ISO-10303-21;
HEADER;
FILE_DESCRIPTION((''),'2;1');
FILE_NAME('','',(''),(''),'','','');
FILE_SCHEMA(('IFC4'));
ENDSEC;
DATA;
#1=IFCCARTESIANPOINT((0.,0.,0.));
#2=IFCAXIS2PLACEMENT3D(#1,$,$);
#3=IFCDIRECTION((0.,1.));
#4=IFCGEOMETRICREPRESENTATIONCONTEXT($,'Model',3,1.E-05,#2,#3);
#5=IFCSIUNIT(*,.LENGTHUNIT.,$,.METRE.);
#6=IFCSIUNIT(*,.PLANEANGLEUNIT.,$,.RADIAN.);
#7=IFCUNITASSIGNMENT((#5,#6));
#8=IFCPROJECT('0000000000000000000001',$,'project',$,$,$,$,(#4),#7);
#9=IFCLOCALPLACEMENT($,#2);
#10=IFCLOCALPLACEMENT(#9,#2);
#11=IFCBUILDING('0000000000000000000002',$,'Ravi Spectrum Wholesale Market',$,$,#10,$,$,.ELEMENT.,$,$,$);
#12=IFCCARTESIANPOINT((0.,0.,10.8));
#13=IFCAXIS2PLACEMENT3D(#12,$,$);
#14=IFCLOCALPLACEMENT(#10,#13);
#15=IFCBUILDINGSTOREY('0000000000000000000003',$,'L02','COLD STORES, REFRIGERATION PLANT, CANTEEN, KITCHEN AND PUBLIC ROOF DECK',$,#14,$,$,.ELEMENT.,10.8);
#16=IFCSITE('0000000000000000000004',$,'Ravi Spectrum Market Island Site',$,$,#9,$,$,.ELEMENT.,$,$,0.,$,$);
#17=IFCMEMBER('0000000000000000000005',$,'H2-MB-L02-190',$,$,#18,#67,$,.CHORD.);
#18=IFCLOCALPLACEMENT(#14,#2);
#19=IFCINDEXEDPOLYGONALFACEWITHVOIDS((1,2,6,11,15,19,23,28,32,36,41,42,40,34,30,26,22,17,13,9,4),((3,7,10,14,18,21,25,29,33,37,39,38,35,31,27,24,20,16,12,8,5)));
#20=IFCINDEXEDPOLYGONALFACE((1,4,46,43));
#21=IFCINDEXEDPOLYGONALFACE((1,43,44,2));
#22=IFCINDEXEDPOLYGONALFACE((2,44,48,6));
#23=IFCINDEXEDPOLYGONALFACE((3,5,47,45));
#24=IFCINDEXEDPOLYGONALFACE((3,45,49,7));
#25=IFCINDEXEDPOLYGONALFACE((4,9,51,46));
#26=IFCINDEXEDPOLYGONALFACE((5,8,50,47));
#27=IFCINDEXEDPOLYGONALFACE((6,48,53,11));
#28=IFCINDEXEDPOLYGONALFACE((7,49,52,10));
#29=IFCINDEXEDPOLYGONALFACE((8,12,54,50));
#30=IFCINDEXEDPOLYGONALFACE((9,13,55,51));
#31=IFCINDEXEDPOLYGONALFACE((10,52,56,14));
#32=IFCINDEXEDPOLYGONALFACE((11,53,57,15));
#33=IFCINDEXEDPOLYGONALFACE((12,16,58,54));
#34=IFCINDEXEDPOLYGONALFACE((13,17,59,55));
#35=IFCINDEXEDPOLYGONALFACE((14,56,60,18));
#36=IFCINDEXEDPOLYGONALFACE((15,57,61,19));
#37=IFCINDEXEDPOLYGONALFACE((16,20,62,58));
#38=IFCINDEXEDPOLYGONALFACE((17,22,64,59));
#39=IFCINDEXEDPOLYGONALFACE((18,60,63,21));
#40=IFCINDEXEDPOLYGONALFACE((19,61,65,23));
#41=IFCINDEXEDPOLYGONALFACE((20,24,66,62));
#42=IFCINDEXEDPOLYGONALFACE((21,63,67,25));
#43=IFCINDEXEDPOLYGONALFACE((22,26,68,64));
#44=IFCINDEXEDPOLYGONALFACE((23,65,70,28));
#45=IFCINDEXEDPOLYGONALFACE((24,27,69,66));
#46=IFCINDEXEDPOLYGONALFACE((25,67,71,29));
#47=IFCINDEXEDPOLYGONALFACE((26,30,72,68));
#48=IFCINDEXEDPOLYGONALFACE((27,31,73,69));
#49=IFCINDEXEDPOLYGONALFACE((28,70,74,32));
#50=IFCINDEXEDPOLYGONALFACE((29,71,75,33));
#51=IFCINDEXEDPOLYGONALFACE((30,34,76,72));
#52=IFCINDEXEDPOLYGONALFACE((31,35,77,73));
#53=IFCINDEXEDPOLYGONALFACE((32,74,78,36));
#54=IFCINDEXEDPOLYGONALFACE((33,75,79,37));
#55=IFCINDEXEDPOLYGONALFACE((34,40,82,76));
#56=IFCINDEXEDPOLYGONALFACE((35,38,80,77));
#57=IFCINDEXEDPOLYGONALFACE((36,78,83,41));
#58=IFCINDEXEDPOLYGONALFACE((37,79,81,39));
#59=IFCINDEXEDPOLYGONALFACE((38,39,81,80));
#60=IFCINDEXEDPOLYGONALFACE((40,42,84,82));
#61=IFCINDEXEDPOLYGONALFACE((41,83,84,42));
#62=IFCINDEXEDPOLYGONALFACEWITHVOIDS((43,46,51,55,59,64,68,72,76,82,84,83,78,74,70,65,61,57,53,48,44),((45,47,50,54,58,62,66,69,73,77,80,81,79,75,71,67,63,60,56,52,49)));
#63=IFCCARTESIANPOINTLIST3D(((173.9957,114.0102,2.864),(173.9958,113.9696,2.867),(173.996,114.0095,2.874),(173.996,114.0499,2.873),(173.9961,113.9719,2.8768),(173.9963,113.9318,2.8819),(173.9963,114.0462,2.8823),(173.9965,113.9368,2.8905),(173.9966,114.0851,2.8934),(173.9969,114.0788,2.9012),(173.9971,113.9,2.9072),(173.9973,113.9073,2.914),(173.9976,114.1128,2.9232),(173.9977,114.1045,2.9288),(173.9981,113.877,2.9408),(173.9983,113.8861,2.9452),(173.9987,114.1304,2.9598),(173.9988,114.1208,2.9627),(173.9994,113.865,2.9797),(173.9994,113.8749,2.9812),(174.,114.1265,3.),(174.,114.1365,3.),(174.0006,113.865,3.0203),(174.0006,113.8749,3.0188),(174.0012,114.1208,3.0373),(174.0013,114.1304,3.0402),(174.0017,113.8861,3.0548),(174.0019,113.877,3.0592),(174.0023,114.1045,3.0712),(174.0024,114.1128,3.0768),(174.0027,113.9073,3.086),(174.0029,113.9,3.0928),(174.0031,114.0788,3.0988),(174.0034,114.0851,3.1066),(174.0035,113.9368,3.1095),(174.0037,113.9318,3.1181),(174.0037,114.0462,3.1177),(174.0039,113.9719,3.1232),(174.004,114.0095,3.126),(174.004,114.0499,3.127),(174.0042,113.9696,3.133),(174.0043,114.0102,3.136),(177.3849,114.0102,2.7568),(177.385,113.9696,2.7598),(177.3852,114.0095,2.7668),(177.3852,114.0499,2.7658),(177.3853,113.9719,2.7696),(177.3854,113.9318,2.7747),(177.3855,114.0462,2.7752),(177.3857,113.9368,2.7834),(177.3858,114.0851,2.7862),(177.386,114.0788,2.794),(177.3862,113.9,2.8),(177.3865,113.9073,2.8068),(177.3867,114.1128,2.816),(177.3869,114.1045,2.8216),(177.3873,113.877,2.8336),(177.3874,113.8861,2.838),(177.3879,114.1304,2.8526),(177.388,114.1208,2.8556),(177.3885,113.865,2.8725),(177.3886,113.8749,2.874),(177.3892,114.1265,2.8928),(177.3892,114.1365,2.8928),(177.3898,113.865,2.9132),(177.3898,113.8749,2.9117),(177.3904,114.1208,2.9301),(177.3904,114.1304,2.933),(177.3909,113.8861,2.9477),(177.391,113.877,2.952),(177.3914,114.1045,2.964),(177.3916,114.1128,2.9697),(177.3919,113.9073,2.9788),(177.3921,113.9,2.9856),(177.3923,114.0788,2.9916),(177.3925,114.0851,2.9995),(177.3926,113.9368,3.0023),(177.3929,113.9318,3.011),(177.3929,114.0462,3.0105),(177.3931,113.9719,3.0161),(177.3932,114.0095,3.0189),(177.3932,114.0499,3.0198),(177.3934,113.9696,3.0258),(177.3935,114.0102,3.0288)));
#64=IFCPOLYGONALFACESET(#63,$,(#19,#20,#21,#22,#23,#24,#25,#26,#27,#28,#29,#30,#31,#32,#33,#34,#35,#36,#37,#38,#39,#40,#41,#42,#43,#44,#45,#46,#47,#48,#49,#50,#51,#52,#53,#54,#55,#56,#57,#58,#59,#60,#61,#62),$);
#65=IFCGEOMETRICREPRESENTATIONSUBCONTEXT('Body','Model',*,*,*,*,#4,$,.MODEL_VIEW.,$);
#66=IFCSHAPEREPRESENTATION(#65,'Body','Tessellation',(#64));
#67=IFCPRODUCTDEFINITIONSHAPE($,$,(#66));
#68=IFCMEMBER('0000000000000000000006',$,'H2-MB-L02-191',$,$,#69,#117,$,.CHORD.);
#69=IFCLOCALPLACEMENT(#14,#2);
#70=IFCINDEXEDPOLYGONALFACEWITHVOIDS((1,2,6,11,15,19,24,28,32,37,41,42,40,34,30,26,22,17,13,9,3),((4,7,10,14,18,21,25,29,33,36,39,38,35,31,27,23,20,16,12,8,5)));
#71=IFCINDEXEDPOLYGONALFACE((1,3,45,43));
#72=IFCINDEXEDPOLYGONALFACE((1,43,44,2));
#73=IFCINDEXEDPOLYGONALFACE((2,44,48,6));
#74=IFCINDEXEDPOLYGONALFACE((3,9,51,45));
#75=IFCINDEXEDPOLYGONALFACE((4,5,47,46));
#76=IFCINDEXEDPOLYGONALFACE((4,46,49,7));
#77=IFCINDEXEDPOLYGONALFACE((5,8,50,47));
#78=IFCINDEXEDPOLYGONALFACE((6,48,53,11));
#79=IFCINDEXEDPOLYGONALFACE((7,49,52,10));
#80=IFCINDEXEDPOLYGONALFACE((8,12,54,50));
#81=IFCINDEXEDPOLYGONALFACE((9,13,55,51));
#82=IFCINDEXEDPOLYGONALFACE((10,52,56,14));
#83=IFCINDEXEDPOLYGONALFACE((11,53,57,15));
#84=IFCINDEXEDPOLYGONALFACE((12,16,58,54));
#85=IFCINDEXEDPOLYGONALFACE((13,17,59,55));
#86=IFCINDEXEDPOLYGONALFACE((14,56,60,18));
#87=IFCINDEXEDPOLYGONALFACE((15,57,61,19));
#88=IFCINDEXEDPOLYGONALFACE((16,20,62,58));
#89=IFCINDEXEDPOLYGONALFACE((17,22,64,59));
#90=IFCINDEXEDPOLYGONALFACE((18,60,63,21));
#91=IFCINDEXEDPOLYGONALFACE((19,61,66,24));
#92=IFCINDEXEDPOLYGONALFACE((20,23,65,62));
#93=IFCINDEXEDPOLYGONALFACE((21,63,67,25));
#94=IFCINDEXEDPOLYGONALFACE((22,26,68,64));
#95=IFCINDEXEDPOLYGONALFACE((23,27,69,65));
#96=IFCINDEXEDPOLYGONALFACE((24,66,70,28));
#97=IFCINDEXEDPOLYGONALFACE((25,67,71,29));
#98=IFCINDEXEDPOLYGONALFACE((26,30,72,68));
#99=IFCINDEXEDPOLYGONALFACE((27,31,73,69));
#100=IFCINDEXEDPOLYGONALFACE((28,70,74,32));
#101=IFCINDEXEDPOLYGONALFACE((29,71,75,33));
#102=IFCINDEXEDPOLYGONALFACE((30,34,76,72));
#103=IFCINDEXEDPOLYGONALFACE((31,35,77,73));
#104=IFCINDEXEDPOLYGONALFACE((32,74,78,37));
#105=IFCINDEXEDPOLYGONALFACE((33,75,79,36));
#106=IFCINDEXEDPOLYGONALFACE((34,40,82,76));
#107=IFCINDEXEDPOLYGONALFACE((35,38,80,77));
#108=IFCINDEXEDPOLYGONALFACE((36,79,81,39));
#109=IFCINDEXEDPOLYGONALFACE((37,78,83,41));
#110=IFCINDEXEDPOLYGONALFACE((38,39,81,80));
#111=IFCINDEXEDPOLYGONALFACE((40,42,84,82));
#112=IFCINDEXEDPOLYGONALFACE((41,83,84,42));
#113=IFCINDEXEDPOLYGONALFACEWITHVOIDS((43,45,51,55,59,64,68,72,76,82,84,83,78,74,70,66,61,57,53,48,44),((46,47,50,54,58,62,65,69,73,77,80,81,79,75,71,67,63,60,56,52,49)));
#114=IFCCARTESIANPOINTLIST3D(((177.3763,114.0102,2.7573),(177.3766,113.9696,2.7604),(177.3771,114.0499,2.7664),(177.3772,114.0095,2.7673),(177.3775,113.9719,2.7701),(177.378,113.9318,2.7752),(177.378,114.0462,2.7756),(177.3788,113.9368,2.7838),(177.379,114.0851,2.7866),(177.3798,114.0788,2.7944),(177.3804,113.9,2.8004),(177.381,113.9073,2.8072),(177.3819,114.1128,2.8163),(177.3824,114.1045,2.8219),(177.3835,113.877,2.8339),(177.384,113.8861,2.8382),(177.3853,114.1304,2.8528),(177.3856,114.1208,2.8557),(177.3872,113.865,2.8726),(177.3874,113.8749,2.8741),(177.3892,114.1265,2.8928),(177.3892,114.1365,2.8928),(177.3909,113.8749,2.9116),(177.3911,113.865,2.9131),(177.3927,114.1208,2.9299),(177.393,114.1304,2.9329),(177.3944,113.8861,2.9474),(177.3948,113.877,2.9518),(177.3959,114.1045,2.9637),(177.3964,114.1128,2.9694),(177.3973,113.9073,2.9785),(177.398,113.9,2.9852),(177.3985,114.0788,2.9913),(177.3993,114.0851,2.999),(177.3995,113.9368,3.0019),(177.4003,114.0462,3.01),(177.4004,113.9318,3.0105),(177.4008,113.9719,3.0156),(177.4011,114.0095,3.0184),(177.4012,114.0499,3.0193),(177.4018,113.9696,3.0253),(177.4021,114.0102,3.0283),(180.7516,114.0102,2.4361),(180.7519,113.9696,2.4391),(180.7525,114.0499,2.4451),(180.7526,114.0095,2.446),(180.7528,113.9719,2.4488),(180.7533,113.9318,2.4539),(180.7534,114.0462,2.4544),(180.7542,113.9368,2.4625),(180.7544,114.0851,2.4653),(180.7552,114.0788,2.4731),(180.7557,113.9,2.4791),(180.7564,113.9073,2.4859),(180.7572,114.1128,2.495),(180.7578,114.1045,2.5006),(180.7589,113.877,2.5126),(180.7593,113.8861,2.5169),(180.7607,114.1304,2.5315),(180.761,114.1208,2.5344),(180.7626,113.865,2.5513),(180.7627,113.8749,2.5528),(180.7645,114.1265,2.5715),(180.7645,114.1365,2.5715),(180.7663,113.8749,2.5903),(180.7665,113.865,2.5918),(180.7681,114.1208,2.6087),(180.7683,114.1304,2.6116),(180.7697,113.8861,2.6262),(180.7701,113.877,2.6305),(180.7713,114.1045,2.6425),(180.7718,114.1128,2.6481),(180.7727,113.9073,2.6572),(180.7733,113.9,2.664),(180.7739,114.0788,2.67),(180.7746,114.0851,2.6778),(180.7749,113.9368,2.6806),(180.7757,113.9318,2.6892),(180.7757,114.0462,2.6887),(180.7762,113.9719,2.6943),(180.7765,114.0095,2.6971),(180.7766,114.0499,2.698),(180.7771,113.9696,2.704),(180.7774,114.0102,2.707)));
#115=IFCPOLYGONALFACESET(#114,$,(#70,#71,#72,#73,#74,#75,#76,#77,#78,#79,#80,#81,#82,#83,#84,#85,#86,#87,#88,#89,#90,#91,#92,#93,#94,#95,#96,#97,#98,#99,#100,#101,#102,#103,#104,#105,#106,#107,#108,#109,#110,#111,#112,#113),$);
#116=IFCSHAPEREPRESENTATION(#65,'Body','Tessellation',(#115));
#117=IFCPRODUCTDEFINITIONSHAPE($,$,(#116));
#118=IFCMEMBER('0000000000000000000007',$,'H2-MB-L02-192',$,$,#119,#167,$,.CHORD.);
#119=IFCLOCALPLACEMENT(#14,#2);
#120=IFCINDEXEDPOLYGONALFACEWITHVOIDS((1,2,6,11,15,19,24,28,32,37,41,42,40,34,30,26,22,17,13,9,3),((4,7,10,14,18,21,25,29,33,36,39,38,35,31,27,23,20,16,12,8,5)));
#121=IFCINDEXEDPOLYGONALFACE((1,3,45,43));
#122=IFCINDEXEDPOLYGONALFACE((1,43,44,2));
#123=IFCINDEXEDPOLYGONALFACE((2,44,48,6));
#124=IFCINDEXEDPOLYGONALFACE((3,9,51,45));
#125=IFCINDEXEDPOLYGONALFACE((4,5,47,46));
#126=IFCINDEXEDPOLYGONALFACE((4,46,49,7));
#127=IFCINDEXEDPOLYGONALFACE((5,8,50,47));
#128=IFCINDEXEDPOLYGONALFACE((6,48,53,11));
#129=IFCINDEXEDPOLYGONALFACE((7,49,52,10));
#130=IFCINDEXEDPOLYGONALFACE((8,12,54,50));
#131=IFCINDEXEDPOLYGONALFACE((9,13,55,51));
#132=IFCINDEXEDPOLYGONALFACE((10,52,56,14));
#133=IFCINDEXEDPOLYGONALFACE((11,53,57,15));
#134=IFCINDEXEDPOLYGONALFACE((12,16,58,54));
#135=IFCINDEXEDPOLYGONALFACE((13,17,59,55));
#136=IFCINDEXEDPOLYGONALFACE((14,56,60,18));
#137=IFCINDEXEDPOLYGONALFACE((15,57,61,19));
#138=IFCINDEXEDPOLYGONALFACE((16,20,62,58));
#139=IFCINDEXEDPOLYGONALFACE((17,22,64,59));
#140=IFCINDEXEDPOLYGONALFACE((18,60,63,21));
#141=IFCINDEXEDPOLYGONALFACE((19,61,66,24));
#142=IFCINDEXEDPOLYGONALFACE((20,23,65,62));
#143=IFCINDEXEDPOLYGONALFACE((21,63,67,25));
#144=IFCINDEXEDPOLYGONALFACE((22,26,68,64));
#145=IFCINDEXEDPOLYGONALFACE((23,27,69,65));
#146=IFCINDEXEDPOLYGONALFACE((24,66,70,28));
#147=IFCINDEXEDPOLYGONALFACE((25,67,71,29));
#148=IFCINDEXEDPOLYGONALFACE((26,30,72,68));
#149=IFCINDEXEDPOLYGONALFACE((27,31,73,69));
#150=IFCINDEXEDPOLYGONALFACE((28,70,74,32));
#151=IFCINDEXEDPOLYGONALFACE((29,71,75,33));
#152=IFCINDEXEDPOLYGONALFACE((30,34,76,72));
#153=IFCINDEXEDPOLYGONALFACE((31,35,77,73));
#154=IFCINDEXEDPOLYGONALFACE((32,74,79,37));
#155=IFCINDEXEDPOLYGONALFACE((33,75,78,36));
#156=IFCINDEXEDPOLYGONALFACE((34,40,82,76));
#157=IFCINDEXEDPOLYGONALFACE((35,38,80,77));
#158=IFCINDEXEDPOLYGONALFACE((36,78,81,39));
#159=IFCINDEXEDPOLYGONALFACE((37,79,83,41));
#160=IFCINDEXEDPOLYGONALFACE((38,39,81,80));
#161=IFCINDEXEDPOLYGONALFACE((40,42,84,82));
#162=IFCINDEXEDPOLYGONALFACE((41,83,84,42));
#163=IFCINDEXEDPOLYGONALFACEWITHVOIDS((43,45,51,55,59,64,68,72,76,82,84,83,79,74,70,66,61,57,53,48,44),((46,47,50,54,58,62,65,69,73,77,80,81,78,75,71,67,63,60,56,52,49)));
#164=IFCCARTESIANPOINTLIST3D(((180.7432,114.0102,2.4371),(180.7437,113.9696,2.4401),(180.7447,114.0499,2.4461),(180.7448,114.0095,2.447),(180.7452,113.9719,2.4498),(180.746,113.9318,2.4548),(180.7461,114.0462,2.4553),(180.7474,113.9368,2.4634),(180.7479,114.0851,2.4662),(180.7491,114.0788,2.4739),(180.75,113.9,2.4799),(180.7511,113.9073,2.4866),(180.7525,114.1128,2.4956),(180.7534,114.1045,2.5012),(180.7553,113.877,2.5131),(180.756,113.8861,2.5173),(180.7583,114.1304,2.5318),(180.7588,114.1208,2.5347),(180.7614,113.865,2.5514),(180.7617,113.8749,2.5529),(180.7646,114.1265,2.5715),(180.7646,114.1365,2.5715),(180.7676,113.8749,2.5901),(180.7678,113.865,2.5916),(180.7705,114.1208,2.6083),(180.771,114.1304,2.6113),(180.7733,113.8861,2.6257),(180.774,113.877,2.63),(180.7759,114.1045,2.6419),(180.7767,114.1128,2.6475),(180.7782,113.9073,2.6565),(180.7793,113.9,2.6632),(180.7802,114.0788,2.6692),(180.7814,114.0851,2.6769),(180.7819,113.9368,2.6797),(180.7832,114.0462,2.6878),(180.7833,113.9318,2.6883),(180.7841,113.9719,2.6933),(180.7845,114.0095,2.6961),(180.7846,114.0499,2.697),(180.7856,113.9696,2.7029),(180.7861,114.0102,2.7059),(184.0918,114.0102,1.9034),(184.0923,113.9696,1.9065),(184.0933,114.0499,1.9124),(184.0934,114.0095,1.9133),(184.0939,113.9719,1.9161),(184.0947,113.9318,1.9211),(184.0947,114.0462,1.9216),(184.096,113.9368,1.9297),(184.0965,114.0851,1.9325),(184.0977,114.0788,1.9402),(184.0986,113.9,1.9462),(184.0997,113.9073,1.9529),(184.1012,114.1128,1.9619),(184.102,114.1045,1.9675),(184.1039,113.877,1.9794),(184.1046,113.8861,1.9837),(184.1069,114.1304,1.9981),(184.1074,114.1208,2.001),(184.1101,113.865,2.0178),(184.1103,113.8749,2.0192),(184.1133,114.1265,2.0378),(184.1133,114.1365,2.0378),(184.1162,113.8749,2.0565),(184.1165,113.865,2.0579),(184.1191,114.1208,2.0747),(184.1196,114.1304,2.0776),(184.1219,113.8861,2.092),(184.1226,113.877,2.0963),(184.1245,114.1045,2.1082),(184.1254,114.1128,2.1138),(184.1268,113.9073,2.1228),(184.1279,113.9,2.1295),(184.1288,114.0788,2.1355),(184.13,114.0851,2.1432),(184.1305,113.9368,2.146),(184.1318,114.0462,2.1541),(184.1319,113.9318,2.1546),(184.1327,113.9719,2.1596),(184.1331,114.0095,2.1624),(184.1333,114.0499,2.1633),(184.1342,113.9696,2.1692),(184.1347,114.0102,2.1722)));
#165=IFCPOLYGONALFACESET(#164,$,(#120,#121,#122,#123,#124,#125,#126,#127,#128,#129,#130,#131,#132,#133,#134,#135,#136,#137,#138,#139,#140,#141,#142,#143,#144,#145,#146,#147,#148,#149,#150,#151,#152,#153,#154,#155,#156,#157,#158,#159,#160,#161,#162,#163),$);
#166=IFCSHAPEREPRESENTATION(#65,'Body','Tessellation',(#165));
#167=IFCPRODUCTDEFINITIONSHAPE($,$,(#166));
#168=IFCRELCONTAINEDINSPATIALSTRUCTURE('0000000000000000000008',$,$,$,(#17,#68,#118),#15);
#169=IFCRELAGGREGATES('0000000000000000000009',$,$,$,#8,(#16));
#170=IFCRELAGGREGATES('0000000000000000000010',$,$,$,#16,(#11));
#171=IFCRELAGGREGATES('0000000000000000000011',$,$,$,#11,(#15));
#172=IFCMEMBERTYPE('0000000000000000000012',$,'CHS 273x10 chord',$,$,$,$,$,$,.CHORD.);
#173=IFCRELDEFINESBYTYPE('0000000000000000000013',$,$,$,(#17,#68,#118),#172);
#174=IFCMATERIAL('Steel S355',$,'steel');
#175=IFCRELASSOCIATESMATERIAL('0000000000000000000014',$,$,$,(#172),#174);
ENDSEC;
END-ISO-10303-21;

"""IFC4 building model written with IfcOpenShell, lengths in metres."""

from ifc_helpers import new_model, si_unit, direction, frame, origin, origin_2d, place, context, subcontext, project, spatial, hollow_circle, extrude, material, material_profile, profile_set, type_object, element, save


model = new_model("IFC4")

# Units and contexts
model_context = context("Model", 3, precision=1e-05, world=origin(), true_north=direction((0.0, 1.0)))
body_context = subcontext(model_context, "Body", "Model", "MODEL_VIEW")
ifc_project = project(units=[si_unit("LENGTHUNIT", "METRE"), si_unit("PLANEANGLEUNIT", "RADIAN")], contexts=[model_context])

# Site, building, storey
site_placement = place(None, origin())
site = spatial("IfcSite", under=ifc_project, at=site_placement, Name="Ravi Spectrum Market Island Site", CompositionType="ELEMENT", RefElevation=0.0)
building_placement = place(site_placement, origin())
building = spatial("IfcBuilding", under=site, at=building_placement, Name="Ravi Spectrum Wholesale Market", CompositionType="ELEMENT")
storey_placement = place(building_placement, frame((0.0, 0.0, 10.8)))
storey = spatial("IfcBuildingStorey", under=building, at=storey_placement, Name="L02", Description="COLD STORES, REFRIGERATION PLANT, CANTEEN, KITCHEN AND PUBLIC ROOF DECK", CompositionType="ELEMENT", Elevation=10.8)

# Members
ifc_material_1 = material(Name="Steel S355", Category="steel")
ifc_material_profile_1 = material_profile(ifc_material_1, hollow_circle(Radius=0.1365, WallThickness=0.01, at=origin_2d()))
ifc_profile_set_1 = profile_set([ifc_material_profile_1], Name="Steel S355")
member_type_1 = type_object("IfcMemberType", Name="CHS 273x10 chord", PredefinedType="CHORD", material=ifc_profile_set_1)
for number, where, z_axis, x_axis, name in (
    (1, (174.0, 114.0, 3.0), (0.9995, 0.0, -0.031608), (0.0, 1.0, 0.0), "H2-MB-L02-190"),
):
    element("IfcMember", number, at=place(storey_placement, frame(where, z_axis=z_axis, x_axis=x_axis)), inside=storey, type_object=member_type_1, Name=name, PredefinedType="CHORD", context=body_context, shape_type="SweptSolid", body=[
        extrude(hollow_circle(Radius=0.1365, WallThickness=0.01, at=origin_2d()), origin(), (0.0, 0.0, 1.0), 3.3909),
    ])
member_1_placement = place(storey_placement, frame((177.3892, 114.0, 2.8928), z_axis=(0.995501, 0.0, -0.094755), x_axis=(0.0, 1.0, 0.0)))
element("IfcMember", 2, at=member_1_placement, inside=storey, type_object=member_type_1, Name="H2-MB-L02-191", PredefinedType="CHORD", context=body_context, shape_type="SweptSolid", body=[
    extrude(hollow_circle(Radius=0.1365, WallThickness=0.01, at=origin_2d()), origin(), (0.0, 0.0, 1.0), 3.3906),
])
member_2_placement = place(storey_placement, frame((180.7646, 114.0, 2.5715), z_axis=(0.987537, 0.0, -0.15739), x_axis=(0.0, 1.0, 0.0)))
element("IfcMember", 3, at=member_2_placement, inside=storey, type_object=member_type_1, Name="H2-MB-L02-192", PredefinedType="CHORD", context=body_context, shape_type="SweptSolid", body=[
    extrude(hollow_circle(Radius=0.1365, WallThickness=0.01, at=origin_2d()), origin(), (0.0, 0.0, 1.0), 3.3909),
])

save(model, "model.ifc")
